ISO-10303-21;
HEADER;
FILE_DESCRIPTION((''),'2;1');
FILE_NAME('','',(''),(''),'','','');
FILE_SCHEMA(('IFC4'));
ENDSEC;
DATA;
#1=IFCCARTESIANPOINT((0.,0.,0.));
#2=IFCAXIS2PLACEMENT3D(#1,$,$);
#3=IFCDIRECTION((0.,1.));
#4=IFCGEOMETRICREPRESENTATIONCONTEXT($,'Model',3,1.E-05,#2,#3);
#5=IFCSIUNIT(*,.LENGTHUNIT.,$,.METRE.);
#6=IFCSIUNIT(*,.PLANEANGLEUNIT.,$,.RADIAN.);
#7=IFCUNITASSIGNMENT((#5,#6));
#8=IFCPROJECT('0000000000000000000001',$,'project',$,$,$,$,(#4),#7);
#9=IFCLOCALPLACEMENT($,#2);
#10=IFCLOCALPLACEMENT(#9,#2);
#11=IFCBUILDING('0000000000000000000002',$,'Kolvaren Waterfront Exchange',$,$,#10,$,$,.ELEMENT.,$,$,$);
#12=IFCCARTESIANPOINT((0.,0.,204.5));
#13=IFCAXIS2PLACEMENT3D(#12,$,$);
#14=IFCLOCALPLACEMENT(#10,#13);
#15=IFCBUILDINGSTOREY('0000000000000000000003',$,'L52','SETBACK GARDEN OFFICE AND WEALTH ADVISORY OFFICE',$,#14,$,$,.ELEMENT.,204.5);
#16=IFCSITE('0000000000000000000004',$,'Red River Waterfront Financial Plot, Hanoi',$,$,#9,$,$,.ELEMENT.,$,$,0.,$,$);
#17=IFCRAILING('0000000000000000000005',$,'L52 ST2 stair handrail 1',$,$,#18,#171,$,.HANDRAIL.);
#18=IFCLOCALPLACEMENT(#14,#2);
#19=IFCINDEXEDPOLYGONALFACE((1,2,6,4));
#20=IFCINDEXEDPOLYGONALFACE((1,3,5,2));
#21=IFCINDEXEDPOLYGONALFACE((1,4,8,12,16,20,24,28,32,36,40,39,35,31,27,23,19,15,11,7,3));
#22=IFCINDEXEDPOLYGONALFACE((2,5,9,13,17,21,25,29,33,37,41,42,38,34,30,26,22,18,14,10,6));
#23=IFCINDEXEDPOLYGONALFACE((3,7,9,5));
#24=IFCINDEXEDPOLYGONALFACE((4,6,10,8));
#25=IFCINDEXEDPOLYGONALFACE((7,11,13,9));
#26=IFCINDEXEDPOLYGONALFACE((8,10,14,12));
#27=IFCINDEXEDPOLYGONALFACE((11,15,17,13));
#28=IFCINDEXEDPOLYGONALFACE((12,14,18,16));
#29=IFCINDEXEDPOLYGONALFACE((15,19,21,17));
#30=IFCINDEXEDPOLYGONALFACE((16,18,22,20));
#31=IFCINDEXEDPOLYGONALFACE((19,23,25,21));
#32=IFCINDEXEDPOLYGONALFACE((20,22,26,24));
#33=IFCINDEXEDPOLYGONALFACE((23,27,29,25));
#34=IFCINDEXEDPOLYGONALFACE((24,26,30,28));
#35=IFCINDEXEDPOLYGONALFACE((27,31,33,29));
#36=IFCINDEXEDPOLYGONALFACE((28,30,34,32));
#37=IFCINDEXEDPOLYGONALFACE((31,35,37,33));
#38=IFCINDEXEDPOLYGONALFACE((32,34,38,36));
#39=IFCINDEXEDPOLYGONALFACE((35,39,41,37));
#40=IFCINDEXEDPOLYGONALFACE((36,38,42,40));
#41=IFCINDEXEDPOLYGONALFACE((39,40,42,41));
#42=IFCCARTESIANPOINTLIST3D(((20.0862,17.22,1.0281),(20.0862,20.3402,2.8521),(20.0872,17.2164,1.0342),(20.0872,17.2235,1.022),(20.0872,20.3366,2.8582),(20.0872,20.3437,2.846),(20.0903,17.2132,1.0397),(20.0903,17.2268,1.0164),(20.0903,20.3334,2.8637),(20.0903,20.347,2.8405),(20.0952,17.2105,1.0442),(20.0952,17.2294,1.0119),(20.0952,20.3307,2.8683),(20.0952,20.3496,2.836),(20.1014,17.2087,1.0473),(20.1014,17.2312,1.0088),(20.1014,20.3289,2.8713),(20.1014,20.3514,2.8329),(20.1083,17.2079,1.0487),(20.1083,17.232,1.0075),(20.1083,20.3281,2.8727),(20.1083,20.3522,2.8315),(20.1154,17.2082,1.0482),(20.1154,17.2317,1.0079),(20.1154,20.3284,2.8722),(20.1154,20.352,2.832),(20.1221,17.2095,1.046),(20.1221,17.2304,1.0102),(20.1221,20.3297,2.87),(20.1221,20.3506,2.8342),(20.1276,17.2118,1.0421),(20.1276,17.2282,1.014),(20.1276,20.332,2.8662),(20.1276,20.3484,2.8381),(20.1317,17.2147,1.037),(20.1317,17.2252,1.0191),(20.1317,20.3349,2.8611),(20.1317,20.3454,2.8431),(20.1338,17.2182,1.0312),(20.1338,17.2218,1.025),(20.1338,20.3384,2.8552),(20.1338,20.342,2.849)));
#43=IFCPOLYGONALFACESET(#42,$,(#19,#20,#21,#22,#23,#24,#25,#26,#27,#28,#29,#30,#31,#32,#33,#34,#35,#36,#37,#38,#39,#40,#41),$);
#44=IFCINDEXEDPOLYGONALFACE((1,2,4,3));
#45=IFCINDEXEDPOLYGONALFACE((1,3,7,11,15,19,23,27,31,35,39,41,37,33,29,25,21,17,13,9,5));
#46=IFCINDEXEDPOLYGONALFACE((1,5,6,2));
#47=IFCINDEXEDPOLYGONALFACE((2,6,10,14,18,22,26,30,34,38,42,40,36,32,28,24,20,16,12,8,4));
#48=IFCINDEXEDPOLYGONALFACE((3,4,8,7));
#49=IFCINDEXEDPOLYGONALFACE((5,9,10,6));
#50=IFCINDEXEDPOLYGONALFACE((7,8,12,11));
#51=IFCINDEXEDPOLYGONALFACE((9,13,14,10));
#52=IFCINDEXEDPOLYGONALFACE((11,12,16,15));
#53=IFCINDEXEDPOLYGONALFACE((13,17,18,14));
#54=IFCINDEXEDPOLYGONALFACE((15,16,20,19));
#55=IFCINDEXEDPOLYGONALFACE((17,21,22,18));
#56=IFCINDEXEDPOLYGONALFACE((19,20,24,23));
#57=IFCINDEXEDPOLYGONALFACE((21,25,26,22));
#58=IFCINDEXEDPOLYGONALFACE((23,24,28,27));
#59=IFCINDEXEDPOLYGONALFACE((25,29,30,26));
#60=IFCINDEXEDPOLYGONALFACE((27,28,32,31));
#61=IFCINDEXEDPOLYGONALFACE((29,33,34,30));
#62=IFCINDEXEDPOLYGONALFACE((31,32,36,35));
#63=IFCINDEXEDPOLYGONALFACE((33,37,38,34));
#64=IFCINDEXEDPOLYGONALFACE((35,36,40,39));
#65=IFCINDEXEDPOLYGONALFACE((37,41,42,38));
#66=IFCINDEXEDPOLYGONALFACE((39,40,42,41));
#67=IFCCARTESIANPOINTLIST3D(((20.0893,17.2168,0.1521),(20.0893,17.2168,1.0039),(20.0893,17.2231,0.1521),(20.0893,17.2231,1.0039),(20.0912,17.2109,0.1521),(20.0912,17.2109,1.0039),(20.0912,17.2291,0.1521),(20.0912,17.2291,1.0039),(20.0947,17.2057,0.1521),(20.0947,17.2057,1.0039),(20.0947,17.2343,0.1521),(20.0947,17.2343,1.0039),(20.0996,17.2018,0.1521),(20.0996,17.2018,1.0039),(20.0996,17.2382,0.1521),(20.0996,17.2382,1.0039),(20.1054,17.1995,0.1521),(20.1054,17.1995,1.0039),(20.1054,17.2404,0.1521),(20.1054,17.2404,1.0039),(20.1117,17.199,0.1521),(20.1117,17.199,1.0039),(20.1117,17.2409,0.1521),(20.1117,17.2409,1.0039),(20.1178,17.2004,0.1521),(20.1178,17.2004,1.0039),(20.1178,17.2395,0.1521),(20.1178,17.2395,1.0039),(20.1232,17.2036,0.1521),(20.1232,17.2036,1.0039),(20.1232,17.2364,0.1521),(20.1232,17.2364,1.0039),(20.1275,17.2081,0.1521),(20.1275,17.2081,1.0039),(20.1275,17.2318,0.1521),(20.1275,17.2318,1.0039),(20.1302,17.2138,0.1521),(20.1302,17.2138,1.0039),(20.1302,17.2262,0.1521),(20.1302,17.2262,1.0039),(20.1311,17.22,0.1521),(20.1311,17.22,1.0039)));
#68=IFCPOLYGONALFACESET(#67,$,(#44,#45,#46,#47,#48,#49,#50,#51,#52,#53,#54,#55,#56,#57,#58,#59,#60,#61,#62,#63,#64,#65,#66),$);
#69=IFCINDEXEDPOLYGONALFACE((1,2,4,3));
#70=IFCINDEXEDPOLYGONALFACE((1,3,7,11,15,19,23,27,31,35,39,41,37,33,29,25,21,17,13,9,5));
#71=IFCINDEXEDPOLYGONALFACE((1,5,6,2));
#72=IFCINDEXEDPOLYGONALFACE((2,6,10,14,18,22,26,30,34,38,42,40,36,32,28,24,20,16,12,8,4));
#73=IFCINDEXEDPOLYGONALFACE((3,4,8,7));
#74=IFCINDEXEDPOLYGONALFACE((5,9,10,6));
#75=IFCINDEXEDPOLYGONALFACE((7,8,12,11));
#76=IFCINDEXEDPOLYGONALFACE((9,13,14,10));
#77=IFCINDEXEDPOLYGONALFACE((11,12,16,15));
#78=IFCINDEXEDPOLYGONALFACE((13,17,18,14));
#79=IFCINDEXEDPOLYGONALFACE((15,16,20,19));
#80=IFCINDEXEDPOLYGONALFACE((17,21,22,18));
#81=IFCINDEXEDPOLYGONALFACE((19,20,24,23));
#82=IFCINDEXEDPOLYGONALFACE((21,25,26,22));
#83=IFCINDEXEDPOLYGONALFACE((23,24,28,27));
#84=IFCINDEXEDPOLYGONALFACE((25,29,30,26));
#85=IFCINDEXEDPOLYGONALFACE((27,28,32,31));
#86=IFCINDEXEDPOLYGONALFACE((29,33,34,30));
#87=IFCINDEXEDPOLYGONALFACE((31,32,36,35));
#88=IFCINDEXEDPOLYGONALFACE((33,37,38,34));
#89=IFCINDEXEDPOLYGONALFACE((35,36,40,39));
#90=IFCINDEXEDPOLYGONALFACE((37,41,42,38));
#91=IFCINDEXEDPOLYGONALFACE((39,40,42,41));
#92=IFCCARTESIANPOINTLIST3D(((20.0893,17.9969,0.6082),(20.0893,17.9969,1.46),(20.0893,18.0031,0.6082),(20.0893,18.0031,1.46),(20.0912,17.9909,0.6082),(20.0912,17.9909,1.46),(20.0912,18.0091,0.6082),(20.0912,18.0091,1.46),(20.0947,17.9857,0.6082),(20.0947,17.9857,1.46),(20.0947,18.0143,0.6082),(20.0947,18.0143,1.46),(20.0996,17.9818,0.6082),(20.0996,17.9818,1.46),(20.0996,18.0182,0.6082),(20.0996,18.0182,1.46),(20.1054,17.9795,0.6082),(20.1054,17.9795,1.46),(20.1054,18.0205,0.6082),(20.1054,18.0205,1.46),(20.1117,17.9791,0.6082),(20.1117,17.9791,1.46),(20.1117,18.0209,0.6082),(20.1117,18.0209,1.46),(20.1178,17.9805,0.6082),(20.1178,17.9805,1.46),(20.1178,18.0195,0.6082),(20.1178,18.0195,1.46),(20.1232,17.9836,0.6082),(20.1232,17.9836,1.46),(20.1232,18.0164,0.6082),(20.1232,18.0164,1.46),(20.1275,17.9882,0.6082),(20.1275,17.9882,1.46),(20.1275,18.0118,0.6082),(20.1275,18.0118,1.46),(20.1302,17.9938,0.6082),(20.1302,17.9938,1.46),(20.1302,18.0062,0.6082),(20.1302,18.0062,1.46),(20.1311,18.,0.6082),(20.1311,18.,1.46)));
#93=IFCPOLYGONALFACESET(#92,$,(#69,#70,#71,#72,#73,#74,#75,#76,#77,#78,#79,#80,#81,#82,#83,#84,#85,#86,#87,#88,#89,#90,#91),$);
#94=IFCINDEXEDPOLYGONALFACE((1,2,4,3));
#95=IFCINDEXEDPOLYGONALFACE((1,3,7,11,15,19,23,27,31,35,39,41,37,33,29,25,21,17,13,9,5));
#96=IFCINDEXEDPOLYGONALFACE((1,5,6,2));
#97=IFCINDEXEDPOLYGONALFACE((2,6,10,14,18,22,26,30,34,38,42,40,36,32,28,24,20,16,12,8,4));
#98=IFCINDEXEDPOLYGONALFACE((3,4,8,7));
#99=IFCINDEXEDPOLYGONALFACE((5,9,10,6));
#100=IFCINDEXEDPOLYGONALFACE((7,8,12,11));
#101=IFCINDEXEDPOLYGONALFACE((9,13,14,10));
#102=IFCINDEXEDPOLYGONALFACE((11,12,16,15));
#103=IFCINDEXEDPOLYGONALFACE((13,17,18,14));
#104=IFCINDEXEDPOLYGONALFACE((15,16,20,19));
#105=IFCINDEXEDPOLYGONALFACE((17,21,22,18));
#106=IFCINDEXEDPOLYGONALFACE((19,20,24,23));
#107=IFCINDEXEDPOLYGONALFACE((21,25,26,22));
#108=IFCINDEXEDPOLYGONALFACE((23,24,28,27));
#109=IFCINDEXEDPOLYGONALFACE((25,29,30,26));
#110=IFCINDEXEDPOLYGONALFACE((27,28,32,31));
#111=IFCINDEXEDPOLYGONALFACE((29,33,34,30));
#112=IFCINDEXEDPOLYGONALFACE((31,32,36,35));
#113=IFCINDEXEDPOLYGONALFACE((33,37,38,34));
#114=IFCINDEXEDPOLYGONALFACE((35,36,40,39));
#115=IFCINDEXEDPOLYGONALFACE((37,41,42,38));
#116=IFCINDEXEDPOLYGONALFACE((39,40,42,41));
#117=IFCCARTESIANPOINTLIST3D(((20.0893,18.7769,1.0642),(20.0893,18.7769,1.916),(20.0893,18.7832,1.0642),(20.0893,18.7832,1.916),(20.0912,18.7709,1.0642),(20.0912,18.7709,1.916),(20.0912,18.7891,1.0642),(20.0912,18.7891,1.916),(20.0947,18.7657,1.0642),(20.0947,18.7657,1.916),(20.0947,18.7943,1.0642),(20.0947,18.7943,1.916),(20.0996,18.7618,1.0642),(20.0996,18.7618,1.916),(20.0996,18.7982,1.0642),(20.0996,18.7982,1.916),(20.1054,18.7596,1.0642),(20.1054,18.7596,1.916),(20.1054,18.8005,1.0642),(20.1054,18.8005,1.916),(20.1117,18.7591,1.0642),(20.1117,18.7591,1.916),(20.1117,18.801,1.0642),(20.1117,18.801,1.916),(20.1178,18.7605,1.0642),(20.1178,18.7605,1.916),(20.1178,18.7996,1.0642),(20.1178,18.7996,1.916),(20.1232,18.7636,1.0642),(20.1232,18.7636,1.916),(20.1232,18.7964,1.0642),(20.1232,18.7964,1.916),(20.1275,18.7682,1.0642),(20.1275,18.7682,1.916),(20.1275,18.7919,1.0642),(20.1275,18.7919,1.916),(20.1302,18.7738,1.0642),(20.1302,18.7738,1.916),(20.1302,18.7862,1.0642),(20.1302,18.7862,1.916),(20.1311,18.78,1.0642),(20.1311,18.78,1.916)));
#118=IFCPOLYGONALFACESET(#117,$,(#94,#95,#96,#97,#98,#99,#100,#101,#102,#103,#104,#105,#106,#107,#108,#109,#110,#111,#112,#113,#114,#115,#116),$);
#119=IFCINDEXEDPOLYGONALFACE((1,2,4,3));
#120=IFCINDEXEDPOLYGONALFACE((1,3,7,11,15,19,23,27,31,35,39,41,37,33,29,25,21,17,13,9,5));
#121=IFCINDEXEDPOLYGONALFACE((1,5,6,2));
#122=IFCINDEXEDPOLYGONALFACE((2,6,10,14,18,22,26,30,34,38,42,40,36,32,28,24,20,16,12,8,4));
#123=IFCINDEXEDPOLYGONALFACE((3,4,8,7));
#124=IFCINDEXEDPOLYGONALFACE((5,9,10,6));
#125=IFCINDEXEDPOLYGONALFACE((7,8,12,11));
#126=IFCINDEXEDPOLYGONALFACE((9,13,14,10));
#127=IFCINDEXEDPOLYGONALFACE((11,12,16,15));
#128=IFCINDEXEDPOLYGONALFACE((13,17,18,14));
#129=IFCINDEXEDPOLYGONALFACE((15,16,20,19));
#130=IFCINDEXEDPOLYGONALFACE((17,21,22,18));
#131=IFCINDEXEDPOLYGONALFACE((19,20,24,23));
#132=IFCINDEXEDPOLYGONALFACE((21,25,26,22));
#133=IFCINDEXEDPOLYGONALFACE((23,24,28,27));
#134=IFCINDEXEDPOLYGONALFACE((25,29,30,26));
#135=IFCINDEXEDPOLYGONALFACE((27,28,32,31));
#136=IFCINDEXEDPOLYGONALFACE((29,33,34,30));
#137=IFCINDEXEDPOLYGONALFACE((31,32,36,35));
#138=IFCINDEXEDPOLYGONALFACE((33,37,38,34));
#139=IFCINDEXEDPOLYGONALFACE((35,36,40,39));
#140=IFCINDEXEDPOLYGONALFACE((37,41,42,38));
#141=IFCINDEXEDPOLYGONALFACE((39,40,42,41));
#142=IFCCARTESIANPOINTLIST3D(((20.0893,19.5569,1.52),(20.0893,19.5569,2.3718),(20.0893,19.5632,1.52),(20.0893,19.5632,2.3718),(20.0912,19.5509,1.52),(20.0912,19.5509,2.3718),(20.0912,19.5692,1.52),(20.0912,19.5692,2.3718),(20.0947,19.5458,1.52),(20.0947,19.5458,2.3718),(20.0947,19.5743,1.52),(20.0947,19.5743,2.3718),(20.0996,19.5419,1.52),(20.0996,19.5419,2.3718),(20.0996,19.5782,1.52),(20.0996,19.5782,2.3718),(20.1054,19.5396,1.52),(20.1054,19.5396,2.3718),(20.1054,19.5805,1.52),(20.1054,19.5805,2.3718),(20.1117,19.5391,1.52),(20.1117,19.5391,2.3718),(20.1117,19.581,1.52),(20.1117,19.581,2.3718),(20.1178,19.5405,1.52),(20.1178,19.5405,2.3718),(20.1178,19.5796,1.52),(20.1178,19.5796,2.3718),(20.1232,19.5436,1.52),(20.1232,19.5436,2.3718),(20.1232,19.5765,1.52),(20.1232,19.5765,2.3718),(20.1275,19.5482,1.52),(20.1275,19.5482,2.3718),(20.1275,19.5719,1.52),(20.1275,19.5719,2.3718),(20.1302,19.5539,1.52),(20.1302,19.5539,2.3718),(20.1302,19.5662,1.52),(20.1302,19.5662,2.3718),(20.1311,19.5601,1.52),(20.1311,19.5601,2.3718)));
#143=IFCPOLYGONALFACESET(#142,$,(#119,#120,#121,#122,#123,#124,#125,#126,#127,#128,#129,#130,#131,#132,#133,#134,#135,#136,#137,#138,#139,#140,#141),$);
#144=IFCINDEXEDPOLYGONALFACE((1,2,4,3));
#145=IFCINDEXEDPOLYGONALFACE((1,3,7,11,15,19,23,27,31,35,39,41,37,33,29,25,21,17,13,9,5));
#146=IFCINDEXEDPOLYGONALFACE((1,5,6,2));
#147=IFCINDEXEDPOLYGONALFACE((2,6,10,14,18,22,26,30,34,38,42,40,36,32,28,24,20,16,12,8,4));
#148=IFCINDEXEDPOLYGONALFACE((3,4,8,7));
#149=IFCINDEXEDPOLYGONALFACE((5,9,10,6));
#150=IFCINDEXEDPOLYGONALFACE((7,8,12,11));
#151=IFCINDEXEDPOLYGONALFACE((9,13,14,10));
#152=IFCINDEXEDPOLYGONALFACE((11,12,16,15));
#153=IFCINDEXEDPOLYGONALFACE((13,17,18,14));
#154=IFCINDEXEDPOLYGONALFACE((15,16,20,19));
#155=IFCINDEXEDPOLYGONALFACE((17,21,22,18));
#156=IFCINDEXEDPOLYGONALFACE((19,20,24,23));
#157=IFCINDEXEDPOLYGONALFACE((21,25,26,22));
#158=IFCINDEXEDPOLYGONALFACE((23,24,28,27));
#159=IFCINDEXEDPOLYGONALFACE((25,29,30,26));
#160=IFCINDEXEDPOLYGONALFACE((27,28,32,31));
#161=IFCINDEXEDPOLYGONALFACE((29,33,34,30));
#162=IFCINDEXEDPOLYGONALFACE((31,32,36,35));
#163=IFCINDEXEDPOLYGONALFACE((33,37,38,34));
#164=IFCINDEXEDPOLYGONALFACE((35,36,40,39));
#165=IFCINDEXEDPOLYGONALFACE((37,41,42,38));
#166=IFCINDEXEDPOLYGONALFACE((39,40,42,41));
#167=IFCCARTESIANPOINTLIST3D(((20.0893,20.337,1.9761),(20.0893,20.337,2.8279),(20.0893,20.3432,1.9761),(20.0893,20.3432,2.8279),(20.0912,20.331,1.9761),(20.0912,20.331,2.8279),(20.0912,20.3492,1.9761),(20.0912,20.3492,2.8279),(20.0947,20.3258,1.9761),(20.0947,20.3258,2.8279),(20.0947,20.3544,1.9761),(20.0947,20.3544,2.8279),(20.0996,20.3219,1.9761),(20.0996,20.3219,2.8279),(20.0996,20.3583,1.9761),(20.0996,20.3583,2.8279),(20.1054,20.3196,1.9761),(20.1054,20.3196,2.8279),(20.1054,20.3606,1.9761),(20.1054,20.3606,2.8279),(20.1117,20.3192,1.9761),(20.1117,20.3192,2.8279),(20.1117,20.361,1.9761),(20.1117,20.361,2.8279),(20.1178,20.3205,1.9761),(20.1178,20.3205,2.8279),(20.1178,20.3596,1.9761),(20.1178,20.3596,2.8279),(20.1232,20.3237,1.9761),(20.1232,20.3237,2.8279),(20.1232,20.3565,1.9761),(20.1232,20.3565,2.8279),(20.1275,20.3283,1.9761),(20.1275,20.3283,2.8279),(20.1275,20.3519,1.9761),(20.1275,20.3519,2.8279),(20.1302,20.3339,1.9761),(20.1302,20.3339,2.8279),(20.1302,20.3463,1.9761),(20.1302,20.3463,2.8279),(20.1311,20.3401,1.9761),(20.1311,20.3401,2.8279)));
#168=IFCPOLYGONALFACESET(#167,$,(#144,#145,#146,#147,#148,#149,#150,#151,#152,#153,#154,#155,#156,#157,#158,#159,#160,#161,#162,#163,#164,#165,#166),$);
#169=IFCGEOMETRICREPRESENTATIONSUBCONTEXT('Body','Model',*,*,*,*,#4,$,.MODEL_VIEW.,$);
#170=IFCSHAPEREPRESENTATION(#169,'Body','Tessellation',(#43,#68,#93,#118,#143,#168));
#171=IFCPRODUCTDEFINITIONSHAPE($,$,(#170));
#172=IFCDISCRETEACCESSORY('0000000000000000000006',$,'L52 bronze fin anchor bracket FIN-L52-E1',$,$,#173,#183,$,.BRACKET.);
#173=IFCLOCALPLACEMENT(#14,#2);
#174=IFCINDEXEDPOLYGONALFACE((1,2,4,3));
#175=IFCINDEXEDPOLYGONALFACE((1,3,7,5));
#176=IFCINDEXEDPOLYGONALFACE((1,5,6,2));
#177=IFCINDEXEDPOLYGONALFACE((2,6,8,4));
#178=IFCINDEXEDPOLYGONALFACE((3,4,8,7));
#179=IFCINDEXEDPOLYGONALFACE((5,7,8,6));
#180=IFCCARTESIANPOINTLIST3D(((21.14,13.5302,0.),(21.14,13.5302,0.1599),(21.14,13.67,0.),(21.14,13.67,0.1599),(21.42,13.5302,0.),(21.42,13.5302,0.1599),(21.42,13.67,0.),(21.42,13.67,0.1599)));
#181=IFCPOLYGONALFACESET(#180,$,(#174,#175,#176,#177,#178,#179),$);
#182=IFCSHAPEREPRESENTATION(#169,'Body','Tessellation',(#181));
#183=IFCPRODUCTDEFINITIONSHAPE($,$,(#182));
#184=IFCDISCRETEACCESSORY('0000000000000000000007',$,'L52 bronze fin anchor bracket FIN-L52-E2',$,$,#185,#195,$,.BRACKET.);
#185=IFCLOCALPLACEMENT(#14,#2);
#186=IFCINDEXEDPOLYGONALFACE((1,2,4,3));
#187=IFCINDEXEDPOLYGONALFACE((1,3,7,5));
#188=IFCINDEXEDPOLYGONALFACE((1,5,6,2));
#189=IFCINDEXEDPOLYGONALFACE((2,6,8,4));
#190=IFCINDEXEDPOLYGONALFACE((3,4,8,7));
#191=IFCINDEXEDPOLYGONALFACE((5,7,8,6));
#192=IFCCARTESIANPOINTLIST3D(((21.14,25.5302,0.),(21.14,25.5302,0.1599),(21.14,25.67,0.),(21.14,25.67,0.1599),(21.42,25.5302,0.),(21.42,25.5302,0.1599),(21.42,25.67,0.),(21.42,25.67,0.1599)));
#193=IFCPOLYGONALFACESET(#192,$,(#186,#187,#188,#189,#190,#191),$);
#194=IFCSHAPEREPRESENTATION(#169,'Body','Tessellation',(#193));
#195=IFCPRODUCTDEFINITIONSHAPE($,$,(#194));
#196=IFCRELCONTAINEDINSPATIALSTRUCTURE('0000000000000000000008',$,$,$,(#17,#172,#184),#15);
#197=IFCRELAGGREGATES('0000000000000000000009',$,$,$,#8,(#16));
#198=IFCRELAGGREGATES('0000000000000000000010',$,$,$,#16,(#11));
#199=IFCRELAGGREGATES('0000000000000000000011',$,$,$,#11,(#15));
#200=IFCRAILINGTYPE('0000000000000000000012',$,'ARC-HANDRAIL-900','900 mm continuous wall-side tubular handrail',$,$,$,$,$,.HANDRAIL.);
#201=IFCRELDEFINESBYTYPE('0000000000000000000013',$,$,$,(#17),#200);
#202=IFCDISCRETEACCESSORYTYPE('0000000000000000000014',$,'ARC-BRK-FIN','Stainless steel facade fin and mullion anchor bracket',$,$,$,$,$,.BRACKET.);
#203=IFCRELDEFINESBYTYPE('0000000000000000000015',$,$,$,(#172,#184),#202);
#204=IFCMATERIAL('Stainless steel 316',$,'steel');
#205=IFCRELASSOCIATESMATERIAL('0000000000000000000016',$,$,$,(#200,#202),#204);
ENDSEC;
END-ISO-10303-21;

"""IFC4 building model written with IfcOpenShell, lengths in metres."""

from ifc_helpers import new_model, si_unit, direction, frame, origin, origin_with_axes, origin_2d, place, context, subcontext, project, spatial, rectangle, circle, extrude, source, transform, mapped, material, type_object, element, save


model = new_model("IFC4")

# Units and contexts
model_context = context("Model", 3, precision=1e-05, world=origin(), true_north=direction((0.0, 1.0)))
body_context = subcontext(model_context, "Body", "Model", "MODEL_VIEW")
ifc_project = project(units=[si_unit("LENGTHUNIT", "METRE"), si_unit("PLANEANGLEUNIT", "RADIAN")], contexts=[model_context])

# Site, building, storey
site_placement = place(None, origin())
site = spatial("IfcSite", under=ifc_project, at=site_placement, Name="Red River Waterfront Financial Plot, Hanoi", CompositionType="ELEMENT", RefElevation=0.0)
building_placement = place(site_placement, origin())
building = spatial("IfcBuilding", under=site, at=building_placement, Name="Kolvaren Waterfront Exchange", CompositionType="ELEMENT")
storey_placement = place(building_placement, frame((0.0, 0.0, 204.5)))
storey = spatial("IfcBuildingStorey", under=building, at=storey_placement, Name="L52", Description="SETBACK GARDEN OFFICE AND WEALTH ADVISORY OFFICE", CompositionType="ELEMENT", Elevation=204.5)

# Railing
ifc_material_1 = material(Name="Stainless steel 316", Category="steel")
railing_type_1 = type_object("IfcRailingType", Name="ARC-HANDRAIL-900", Description="900 mm continuous wall-side tubular handrail", PredefinedType="HANDRAIL", material=ifc_material_1)
railing_1_placement = place(storey_placement, frame((20.1101, 17.22, 0.1521)))
element("IfcRailing", 1, at=railing_1_placement, inside=storey, type_object=railing_type_1, Name="L52 ST2 stair handrail 1", PredefinedType="HANDRAIL", context=body_context, shape_type="SweptSolid", body=[
    extrude(circle(Radius=0.0239, at=origin_2d()), frame((0.0, 0.0, 0.876), z_axis=(0.0, 0.863308, 0.504677), x_axis=(-1.0, 0.0, 0.0)), (0.0, 0.0, 1.0), 3.6143),
    extrude(circle(Radius=0.021, at=origin_2d()), origin(), (0.0, 0.0, 1.0), 0.8518),
    extrude(circle(Radius=0.021, at=origin_2d()), frame((0.0, 0.78, 0.4561)), (0.0, 0.0, 1.0), 0.8518),
    extrude(circle(Radius=0.021, at=origin_2d()), frame((0.0, 1.5601, 0.9121)), (0.0, 0.0, 1.0), 0.8518),
    extrude(circle(Radius=0.021, at=origin_2d()), frame((0.0, 2.3401, 1.3679)), (0.0, 0.0, 1.0), 0.8518),
    extrude(circle(Radius=0.021, at=origin_2d()), frame((0.0, 3.1201, 1.824)), (0.0, 0.0, 1.0), 0.8518),
])

# Discrete accessories
discrete_accessory_type = type_object("IfcDiscreteAccessoryType", Name="ARC-BRK-FIN", Description="Stainless steel facade fin and mullion anchor bracket", PredefinedType="BRACKET", material=ifc_material_1)
shared_shape_1 = source(origin_with_axes(), body_context, "Body", "SweptSolid", [
    extrude(rectangle(XDim=0.28, YDim=0.1399, at=origin_2d()), origin(), (0.0, 0.0, 1.0), 0.1599),
])
for number, where, z_axis, x_axis, name in (
    (2, (21.28, 13.6001, 0.0), (0.0, 0.0, 1.0), (1.0, 0.0, 0.0), "L52 bronze fin anchor bracket FIN-L52-E1"),
    (3, (21.28, 25.6001, 0.0), (0.0, 0.0, 1.0), (1.0, 0.0, 0.0), "L52 bronze fin anchor bracket FIN-L52-E2"),
):
    element("IfcDiscreteAccessory", number, at=place(storey_placement, frame(where, z_axis=z_axis, x_axis=x_axis)), inside=storey, type_object=discrete_accessory_type, Name=name, PredefinedType="BRACKET", context=body_context, shape_type="MappedRepresentation", body=[
        mapped(shared_shape_1, transform((0.0, 0.0, 0.0), x_axis=(1.0, 0.0, 0.0), y_axis=(0.0, 1.0, 0.0), z_axis=(0.0, 0.0, 1.0), scale=1.0)),
    ])

save(model, "model.ifc")
